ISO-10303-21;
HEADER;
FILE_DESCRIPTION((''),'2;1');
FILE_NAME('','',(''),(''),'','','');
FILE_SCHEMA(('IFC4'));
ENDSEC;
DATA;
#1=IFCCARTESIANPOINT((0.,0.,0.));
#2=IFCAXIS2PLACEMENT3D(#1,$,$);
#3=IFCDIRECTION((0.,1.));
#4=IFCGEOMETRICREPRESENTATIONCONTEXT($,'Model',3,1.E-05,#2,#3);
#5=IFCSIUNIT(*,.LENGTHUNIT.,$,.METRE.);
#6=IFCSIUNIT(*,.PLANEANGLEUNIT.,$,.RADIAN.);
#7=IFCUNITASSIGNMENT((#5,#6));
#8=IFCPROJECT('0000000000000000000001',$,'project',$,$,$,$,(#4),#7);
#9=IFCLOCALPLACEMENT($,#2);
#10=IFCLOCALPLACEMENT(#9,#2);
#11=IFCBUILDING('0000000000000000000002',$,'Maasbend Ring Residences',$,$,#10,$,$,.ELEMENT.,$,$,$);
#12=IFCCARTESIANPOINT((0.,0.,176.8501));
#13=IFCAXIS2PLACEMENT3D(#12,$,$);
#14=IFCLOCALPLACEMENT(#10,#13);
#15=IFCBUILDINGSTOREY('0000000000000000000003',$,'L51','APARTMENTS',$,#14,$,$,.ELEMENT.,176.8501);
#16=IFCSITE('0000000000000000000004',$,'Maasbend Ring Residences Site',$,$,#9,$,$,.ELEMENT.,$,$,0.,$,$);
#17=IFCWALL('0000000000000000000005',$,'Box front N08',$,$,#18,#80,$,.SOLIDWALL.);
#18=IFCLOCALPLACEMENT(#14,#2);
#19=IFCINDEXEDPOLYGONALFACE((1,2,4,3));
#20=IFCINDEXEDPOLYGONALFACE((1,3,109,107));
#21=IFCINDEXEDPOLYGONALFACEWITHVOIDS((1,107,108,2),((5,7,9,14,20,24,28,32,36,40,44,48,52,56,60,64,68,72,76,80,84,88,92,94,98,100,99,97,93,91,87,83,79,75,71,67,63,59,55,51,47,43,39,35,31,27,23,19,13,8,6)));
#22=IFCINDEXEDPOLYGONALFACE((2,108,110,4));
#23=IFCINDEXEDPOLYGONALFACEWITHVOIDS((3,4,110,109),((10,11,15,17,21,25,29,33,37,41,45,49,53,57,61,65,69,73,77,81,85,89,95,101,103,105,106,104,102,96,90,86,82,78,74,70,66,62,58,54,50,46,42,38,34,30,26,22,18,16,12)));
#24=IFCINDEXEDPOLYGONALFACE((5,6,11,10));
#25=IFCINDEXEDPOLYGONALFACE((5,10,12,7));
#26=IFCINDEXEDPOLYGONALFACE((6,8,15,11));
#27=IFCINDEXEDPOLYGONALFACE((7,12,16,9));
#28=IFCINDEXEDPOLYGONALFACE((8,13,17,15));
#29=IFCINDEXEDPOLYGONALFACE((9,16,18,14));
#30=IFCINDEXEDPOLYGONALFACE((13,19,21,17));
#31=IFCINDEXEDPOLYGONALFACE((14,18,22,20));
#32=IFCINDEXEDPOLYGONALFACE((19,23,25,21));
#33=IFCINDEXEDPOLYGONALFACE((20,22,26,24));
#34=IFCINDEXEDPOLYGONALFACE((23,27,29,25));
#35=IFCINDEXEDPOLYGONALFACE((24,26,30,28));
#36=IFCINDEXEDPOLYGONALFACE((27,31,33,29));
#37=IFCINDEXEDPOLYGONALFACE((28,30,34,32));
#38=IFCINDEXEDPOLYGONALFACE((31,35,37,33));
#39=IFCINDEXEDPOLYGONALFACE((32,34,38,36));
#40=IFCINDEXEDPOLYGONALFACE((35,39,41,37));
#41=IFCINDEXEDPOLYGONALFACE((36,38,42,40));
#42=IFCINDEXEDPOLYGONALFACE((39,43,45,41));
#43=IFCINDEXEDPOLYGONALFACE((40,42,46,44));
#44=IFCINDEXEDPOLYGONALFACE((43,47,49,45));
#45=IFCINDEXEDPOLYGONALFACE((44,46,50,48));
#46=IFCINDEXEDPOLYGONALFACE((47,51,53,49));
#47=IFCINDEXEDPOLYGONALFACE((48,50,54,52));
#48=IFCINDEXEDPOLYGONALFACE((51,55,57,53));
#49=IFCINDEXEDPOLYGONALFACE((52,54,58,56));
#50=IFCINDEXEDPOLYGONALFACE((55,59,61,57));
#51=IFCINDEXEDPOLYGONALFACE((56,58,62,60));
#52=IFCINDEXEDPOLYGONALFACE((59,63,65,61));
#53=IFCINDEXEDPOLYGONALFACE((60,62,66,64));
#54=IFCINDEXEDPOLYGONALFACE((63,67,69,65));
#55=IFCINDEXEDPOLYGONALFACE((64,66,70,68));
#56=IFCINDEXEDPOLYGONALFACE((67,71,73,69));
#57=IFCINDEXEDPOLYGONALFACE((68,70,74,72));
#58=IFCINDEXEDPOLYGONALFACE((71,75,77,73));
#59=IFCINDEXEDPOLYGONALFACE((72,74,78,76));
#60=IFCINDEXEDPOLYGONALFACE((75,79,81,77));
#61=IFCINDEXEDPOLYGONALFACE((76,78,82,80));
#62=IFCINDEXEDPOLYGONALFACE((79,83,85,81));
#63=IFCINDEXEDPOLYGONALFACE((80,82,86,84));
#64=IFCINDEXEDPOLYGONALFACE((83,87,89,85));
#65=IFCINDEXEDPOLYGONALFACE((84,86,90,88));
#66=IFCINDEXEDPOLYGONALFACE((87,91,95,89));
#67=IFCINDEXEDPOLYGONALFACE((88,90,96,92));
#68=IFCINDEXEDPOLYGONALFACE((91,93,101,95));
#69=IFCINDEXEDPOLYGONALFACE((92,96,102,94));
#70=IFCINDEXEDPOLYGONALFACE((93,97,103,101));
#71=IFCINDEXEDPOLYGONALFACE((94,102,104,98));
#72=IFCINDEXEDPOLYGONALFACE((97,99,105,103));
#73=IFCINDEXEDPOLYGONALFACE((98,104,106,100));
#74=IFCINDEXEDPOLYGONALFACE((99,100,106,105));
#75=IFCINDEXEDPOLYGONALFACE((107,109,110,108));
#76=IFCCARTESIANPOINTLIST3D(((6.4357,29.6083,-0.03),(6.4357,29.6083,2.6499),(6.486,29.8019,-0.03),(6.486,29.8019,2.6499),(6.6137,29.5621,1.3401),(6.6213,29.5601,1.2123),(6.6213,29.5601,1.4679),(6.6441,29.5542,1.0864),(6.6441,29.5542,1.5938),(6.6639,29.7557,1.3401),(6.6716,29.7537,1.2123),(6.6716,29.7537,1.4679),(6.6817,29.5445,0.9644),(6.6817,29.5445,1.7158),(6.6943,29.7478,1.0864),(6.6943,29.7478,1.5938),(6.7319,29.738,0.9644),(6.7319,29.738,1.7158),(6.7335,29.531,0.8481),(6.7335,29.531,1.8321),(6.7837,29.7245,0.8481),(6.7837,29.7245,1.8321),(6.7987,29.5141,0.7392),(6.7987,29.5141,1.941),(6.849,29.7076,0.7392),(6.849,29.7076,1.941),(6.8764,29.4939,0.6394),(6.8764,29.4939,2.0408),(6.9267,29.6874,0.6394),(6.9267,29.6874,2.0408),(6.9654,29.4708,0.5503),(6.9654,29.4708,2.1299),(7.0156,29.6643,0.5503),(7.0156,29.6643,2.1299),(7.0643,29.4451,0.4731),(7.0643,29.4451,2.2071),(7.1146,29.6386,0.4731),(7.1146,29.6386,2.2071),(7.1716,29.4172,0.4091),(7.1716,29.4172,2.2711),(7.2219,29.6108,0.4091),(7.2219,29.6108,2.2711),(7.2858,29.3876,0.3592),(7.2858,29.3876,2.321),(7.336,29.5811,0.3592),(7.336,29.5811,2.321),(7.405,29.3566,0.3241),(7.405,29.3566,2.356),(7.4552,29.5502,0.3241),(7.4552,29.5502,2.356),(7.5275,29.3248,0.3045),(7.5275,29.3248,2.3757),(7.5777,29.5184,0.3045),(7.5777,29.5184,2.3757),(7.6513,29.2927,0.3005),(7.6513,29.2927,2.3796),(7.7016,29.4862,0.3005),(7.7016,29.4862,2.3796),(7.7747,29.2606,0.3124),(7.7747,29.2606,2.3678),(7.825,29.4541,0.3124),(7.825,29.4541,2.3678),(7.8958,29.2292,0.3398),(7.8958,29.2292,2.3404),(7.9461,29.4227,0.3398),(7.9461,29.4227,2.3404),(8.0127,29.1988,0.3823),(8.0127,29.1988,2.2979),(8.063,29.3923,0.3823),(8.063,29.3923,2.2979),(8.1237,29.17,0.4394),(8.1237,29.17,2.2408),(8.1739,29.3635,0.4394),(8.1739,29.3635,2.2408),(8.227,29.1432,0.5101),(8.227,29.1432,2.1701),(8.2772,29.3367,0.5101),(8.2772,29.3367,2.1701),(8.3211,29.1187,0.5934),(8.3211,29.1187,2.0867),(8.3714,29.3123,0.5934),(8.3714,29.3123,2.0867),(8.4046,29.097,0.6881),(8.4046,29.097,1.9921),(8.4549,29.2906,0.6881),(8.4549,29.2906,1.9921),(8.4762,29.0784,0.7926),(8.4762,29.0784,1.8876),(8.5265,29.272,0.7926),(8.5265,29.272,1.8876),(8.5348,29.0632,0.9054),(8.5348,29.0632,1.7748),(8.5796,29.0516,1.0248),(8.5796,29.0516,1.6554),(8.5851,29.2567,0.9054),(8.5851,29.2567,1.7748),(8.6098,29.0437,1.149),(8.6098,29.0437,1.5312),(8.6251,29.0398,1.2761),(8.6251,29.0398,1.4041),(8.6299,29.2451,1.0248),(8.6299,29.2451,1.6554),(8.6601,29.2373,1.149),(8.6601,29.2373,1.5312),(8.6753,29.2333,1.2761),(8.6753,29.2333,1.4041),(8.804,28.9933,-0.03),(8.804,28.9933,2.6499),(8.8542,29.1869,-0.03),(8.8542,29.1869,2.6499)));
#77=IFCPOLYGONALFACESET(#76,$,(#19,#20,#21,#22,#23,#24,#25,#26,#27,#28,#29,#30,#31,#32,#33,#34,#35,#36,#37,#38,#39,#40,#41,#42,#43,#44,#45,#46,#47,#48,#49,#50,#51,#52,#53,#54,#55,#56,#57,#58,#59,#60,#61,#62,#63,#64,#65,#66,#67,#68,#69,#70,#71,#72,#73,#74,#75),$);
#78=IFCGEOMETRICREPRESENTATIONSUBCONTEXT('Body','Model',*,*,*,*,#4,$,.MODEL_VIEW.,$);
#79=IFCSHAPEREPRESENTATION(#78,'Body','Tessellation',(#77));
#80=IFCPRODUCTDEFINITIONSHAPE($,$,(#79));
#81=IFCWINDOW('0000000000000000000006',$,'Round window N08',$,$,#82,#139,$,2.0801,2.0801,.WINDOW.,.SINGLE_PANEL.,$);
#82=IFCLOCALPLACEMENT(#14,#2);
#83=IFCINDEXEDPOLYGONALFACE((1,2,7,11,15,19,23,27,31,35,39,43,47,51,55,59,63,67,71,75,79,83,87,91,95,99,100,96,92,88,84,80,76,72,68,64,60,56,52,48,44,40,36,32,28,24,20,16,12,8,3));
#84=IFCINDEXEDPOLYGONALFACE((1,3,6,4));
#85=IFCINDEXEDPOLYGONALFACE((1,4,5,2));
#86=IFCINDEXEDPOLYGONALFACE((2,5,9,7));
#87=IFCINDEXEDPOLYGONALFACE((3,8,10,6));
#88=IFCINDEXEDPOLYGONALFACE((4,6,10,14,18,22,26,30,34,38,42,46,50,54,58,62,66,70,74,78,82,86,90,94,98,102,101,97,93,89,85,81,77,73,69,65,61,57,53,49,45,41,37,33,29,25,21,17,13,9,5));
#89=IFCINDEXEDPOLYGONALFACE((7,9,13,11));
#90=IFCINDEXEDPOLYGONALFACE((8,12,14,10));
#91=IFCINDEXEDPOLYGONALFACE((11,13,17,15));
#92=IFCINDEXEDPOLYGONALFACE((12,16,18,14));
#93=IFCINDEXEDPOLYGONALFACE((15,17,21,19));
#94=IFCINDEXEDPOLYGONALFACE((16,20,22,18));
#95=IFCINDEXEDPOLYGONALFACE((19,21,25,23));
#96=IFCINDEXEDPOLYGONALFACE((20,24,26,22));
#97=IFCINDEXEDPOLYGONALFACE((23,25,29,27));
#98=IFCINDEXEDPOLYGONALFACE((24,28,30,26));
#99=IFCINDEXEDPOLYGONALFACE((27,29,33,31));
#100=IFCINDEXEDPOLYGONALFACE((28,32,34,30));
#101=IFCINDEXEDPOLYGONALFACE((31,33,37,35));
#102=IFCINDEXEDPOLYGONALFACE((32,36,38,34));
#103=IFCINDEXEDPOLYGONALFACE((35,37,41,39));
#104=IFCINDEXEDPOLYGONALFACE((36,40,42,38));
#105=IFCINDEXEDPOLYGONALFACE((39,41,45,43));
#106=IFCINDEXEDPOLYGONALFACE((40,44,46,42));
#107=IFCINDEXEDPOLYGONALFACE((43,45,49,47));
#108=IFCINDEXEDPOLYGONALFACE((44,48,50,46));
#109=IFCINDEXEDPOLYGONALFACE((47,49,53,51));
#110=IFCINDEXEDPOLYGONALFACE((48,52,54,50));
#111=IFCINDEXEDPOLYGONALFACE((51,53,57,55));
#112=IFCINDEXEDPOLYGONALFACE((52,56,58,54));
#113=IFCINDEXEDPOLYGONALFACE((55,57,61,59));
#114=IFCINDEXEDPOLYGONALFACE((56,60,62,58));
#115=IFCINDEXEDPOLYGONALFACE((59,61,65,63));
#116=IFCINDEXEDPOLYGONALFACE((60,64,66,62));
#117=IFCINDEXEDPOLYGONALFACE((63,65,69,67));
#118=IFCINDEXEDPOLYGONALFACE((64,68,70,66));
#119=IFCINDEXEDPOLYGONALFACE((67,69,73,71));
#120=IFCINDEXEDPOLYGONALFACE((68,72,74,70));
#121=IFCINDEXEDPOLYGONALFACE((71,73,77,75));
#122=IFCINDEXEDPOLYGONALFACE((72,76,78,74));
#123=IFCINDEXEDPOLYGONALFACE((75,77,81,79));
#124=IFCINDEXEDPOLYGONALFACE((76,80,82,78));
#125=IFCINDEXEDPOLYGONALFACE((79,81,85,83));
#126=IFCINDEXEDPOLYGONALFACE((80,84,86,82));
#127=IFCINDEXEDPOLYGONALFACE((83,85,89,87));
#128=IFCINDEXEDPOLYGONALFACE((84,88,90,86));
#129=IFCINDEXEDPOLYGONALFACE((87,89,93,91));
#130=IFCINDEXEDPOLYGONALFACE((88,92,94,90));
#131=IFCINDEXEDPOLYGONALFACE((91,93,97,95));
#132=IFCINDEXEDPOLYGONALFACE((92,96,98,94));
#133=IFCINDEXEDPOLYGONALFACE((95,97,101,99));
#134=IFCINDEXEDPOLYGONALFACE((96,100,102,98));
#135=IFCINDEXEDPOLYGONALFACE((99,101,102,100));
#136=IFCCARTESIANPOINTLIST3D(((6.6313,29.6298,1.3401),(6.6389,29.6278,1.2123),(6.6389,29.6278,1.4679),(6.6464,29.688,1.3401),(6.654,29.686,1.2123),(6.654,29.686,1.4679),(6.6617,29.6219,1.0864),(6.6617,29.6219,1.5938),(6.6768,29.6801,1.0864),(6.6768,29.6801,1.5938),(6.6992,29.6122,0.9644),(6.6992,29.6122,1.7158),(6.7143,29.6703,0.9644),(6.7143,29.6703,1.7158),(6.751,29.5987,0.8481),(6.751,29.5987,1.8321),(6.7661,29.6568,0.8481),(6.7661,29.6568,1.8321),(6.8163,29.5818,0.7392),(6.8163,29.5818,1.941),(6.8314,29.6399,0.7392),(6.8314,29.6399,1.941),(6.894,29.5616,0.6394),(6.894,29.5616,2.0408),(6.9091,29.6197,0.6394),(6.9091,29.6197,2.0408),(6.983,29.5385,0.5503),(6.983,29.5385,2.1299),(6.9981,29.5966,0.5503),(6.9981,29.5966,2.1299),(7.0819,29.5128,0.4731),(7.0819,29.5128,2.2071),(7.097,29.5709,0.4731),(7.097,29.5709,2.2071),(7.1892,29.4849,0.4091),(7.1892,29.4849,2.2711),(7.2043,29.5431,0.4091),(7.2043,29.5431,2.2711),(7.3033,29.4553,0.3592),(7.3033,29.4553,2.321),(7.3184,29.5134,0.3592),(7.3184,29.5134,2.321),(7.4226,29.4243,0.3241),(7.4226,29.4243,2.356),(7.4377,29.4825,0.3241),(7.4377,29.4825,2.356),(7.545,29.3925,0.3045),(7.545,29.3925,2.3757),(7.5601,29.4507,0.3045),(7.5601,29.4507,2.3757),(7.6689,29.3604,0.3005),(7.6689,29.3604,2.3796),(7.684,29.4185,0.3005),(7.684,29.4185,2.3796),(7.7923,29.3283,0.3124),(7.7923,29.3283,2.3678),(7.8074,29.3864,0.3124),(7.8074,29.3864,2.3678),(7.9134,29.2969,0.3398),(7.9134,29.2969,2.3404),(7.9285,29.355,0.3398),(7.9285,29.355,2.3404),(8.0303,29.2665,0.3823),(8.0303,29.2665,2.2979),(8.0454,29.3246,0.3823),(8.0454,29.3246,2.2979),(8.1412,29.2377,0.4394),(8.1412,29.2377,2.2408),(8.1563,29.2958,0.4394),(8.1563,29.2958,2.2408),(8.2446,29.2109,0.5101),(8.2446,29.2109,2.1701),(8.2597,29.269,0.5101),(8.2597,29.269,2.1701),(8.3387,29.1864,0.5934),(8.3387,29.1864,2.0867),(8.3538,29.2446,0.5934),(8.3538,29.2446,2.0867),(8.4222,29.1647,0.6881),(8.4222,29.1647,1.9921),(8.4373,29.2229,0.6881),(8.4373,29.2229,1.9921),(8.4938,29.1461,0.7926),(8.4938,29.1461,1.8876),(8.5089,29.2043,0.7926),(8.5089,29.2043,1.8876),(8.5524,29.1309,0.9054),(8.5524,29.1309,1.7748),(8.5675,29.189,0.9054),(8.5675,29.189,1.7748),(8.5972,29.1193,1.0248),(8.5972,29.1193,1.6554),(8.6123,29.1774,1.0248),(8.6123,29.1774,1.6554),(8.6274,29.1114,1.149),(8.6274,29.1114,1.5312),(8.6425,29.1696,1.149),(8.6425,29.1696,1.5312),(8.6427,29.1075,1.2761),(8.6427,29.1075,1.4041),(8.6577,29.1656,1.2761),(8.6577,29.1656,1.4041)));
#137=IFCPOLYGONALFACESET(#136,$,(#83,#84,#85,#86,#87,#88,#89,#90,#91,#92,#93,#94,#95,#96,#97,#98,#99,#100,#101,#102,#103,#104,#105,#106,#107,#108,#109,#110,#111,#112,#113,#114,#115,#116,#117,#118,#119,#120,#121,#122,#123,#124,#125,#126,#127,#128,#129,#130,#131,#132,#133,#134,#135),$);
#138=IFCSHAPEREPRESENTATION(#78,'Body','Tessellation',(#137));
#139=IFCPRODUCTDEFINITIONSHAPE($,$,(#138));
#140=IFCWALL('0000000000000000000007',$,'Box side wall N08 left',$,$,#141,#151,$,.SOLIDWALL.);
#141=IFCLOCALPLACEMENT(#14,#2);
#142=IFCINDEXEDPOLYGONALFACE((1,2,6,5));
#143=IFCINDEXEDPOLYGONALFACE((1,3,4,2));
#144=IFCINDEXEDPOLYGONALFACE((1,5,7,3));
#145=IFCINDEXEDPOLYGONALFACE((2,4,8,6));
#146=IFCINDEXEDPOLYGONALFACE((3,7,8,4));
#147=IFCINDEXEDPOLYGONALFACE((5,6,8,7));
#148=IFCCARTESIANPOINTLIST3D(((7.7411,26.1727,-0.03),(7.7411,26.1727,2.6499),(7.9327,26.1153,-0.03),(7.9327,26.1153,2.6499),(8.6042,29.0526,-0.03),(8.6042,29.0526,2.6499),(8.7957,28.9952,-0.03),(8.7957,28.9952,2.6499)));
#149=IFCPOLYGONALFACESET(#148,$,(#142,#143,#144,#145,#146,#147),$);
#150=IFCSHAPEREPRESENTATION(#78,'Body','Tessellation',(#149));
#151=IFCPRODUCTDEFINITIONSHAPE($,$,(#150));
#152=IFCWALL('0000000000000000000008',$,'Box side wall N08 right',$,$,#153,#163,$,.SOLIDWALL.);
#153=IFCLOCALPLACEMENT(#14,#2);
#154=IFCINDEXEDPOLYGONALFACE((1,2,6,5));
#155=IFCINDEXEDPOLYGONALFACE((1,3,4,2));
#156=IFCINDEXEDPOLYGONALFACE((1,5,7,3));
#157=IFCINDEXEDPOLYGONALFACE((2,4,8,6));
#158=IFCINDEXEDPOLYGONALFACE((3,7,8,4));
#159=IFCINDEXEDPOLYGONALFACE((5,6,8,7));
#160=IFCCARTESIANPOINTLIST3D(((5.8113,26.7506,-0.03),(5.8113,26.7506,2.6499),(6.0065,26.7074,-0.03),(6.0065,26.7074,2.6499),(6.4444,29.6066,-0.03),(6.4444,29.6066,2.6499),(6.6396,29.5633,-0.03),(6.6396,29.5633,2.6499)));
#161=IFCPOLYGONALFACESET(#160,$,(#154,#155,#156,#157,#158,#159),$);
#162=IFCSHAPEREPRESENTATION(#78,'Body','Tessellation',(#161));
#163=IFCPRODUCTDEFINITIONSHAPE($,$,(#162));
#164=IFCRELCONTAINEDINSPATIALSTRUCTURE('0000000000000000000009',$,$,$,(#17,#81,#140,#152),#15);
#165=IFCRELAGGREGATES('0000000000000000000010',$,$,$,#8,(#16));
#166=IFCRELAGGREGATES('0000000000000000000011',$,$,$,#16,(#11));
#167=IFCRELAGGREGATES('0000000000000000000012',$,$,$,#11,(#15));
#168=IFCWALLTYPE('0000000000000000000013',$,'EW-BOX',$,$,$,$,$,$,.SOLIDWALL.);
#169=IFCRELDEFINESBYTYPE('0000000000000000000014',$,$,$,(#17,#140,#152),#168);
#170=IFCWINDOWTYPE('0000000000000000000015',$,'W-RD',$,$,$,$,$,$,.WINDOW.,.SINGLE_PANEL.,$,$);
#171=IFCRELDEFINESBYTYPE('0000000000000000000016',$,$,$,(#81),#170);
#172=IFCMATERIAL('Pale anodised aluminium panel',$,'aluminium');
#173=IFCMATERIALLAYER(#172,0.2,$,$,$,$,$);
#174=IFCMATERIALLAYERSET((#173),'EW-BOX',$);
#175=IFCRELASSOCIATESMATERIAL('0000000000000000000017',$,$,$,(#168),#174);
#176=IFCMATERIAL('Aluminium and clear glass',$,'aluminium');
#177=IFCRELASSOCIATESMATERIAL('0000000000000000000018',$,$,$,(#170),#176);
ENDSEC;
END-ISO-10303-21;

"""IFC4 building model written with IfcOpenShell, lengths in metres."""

from ifc_helpers import new_model, si_unit, direction, frame, frame_2d, origin, place, context, subcontext, project, spatial, rectangle, circle, extrude, material, layer, layer_set, type_object, element, fill, save


model = new_model("IFC4")

# Units and contexts
model_context = context("Model", 3, precision=1e-05, world=origin(), true_north=direction((0.0, 1.0)))
body_context = subcontext(model_context, "Body", "Model", "MODEL_VIEW")
ifc_project = project(units=[si_unit("LENGTHUNIT", "METRE"), si_unit("PLANEANGLEUNIT", "RADIAN")], contexts=[model_context])

# Site, building, storey
site_placement = place(None, origin())
site = spatial("IfcSite", under=ifc_project, at=site_placement, Name="Maasbend Ring Residences Site", CompositionType="ELEMENT", RefElevation=0.0)
building_placement = place(site_placement, origin())
building = spatial("IfcBuilding", under=site, at=building_placement, Name="Maasbend Ring Residences", CompositionType="ELEMENT")
storey_placement = place(building_placement, frame((0.0, 0.0, 176.8501)))
storey = spatial("IfcBuildingStorey", under=building, at=storey_placement, Name="L51", Description="APARTMENTS", CompositionType="ELEMENT", Elevation=176.8501)

# Shared definitions
ifc_material_1 = material(Name="Pale anodised aluminium panel", Category="aluminium")
ifc_layer_1 = layer(ifc_material_1, 0.2)
ifc_layer_set_1 = layer_set([ifc_layer_1], Name="EW-BOX")
wall_type_1 = type_object("IfcWallType", Name="EW-BOX", PredefinedType="SOLIDWALL", material=ifc_layer_set_1)

# Wall, opening, window
wall_1_placement = place(storey_placement, frame((8.8291, 29.0901, -0.03), z_axis=(0.0, 0.0, 1.0), x_axis=(-0.967895, 0.251353, 0.0)))
wall_1 = element("IfcWall", 1, at=wall_1_placement, inside=storey, type_object=wall_type_1, Name="Box front N08", PredefinedType="SOLIDWALL", context=body_context, shape_type="SweptSolid", body=[
    extrude(rectangle(XDim=2.4468, YDim=0.2, at=frame_2d((1.2234, 0.0))), origin(), (0.0, 0.0, 1.0), 2.6799),
])
opening_1_placement = place(wall_1_placement, frame((0.1829, 0.0, 0.3301)))
opening_1 = element("IfcOpeningElement", 2, at=opening_1_placement, cuts=wall_1, PredefinedType="OPENING", context=body_context, shape_type="SweptSolid", body=[
    extrude(circle(Radius=1.04, at=frame_2d((1.04, 1.04))), frame((0.0, 0.1099, 0.0), z_axis=(0.0, -1.0, 0.0), x_axis=(1.0, 0.0, 0.0)), (0.0, 0.0, 1.0), 0.22),
])
ifc_material_2 = material(Name="Aluminium and clear glass", Category="aluminium")
window_type_1 = type_object("IfcWindowType", Name="W-RD", PartitioningType="SINGLE_PANEL", PredefinedType="WINDOW", material=ifc_material_2)
window_1_placement = place(opening_1_placement, origin())
window_1 = element("IfcWindow", 3, at=window_1_placement, inside=storey, type_object=window_type_1, Name="Round window N08", OverallHeight=2.0801, OverallWidth=2.0801, PartitioningType="SINGLE_PANEL", PredefinedType="WINDOW", context=body_context, shape_type="SweptSolid", body=[
    extrude(circle(Radius=1.04, at=frame_2d((1.04, 1.04))), frame((0.0, 0.03, 0.0), z_axis=(0.0, -1.0, 0.0), x_axis=(1.0, 0.0, 0.0)), (0.0, 0.0, 1.0), 0.0601),
])
fill(opening_1, window_1)

# Walls
wall_2_placement = place(storey_placement, frame((7.8369, 26.144, -0.03), z_axis=(0.0, 0.0, 1.0), x_axis=(0.287065, 0.957911, 0.0)))
element("IfcWall", 4, at=wall_2_placement, inside=storey, type_object=wall_type_1, Name="Box side wall N08 left", PredefinedType="SOLIDWALL", context=body_context, shape_type="SweptSolid", body=[
    extrude(rectangle(XDim=3.0063, YDim=0.2, at=frame_2d((1.5032, 0.0))), origin(), (0.0, 0.0, 1.0), 2.6799),
])
wall_3_placement = place(storey_placement, frame((5.9089, 26.729, -0.03), z_axis=(0.0, 0.0, 1.0), x_axis=(0.216409, 0.976303, 0.0)))
element("IfcWall", 5, at=wall_3_placement, inside=storey, type_object=wall_type_1, Name="Box side wall N08 right", PredefinedType="SOLIDWALL", context=body_context, shape_type="SweptSolid", body=[
    extrude(rectangle(XDim=2.9253, YDim=0.2, at=frame_2d((1.4626, 0.0))), origin(), (0.0, 0.0, 1.0), 2.6799),
])

save(model, "model.ifc")
